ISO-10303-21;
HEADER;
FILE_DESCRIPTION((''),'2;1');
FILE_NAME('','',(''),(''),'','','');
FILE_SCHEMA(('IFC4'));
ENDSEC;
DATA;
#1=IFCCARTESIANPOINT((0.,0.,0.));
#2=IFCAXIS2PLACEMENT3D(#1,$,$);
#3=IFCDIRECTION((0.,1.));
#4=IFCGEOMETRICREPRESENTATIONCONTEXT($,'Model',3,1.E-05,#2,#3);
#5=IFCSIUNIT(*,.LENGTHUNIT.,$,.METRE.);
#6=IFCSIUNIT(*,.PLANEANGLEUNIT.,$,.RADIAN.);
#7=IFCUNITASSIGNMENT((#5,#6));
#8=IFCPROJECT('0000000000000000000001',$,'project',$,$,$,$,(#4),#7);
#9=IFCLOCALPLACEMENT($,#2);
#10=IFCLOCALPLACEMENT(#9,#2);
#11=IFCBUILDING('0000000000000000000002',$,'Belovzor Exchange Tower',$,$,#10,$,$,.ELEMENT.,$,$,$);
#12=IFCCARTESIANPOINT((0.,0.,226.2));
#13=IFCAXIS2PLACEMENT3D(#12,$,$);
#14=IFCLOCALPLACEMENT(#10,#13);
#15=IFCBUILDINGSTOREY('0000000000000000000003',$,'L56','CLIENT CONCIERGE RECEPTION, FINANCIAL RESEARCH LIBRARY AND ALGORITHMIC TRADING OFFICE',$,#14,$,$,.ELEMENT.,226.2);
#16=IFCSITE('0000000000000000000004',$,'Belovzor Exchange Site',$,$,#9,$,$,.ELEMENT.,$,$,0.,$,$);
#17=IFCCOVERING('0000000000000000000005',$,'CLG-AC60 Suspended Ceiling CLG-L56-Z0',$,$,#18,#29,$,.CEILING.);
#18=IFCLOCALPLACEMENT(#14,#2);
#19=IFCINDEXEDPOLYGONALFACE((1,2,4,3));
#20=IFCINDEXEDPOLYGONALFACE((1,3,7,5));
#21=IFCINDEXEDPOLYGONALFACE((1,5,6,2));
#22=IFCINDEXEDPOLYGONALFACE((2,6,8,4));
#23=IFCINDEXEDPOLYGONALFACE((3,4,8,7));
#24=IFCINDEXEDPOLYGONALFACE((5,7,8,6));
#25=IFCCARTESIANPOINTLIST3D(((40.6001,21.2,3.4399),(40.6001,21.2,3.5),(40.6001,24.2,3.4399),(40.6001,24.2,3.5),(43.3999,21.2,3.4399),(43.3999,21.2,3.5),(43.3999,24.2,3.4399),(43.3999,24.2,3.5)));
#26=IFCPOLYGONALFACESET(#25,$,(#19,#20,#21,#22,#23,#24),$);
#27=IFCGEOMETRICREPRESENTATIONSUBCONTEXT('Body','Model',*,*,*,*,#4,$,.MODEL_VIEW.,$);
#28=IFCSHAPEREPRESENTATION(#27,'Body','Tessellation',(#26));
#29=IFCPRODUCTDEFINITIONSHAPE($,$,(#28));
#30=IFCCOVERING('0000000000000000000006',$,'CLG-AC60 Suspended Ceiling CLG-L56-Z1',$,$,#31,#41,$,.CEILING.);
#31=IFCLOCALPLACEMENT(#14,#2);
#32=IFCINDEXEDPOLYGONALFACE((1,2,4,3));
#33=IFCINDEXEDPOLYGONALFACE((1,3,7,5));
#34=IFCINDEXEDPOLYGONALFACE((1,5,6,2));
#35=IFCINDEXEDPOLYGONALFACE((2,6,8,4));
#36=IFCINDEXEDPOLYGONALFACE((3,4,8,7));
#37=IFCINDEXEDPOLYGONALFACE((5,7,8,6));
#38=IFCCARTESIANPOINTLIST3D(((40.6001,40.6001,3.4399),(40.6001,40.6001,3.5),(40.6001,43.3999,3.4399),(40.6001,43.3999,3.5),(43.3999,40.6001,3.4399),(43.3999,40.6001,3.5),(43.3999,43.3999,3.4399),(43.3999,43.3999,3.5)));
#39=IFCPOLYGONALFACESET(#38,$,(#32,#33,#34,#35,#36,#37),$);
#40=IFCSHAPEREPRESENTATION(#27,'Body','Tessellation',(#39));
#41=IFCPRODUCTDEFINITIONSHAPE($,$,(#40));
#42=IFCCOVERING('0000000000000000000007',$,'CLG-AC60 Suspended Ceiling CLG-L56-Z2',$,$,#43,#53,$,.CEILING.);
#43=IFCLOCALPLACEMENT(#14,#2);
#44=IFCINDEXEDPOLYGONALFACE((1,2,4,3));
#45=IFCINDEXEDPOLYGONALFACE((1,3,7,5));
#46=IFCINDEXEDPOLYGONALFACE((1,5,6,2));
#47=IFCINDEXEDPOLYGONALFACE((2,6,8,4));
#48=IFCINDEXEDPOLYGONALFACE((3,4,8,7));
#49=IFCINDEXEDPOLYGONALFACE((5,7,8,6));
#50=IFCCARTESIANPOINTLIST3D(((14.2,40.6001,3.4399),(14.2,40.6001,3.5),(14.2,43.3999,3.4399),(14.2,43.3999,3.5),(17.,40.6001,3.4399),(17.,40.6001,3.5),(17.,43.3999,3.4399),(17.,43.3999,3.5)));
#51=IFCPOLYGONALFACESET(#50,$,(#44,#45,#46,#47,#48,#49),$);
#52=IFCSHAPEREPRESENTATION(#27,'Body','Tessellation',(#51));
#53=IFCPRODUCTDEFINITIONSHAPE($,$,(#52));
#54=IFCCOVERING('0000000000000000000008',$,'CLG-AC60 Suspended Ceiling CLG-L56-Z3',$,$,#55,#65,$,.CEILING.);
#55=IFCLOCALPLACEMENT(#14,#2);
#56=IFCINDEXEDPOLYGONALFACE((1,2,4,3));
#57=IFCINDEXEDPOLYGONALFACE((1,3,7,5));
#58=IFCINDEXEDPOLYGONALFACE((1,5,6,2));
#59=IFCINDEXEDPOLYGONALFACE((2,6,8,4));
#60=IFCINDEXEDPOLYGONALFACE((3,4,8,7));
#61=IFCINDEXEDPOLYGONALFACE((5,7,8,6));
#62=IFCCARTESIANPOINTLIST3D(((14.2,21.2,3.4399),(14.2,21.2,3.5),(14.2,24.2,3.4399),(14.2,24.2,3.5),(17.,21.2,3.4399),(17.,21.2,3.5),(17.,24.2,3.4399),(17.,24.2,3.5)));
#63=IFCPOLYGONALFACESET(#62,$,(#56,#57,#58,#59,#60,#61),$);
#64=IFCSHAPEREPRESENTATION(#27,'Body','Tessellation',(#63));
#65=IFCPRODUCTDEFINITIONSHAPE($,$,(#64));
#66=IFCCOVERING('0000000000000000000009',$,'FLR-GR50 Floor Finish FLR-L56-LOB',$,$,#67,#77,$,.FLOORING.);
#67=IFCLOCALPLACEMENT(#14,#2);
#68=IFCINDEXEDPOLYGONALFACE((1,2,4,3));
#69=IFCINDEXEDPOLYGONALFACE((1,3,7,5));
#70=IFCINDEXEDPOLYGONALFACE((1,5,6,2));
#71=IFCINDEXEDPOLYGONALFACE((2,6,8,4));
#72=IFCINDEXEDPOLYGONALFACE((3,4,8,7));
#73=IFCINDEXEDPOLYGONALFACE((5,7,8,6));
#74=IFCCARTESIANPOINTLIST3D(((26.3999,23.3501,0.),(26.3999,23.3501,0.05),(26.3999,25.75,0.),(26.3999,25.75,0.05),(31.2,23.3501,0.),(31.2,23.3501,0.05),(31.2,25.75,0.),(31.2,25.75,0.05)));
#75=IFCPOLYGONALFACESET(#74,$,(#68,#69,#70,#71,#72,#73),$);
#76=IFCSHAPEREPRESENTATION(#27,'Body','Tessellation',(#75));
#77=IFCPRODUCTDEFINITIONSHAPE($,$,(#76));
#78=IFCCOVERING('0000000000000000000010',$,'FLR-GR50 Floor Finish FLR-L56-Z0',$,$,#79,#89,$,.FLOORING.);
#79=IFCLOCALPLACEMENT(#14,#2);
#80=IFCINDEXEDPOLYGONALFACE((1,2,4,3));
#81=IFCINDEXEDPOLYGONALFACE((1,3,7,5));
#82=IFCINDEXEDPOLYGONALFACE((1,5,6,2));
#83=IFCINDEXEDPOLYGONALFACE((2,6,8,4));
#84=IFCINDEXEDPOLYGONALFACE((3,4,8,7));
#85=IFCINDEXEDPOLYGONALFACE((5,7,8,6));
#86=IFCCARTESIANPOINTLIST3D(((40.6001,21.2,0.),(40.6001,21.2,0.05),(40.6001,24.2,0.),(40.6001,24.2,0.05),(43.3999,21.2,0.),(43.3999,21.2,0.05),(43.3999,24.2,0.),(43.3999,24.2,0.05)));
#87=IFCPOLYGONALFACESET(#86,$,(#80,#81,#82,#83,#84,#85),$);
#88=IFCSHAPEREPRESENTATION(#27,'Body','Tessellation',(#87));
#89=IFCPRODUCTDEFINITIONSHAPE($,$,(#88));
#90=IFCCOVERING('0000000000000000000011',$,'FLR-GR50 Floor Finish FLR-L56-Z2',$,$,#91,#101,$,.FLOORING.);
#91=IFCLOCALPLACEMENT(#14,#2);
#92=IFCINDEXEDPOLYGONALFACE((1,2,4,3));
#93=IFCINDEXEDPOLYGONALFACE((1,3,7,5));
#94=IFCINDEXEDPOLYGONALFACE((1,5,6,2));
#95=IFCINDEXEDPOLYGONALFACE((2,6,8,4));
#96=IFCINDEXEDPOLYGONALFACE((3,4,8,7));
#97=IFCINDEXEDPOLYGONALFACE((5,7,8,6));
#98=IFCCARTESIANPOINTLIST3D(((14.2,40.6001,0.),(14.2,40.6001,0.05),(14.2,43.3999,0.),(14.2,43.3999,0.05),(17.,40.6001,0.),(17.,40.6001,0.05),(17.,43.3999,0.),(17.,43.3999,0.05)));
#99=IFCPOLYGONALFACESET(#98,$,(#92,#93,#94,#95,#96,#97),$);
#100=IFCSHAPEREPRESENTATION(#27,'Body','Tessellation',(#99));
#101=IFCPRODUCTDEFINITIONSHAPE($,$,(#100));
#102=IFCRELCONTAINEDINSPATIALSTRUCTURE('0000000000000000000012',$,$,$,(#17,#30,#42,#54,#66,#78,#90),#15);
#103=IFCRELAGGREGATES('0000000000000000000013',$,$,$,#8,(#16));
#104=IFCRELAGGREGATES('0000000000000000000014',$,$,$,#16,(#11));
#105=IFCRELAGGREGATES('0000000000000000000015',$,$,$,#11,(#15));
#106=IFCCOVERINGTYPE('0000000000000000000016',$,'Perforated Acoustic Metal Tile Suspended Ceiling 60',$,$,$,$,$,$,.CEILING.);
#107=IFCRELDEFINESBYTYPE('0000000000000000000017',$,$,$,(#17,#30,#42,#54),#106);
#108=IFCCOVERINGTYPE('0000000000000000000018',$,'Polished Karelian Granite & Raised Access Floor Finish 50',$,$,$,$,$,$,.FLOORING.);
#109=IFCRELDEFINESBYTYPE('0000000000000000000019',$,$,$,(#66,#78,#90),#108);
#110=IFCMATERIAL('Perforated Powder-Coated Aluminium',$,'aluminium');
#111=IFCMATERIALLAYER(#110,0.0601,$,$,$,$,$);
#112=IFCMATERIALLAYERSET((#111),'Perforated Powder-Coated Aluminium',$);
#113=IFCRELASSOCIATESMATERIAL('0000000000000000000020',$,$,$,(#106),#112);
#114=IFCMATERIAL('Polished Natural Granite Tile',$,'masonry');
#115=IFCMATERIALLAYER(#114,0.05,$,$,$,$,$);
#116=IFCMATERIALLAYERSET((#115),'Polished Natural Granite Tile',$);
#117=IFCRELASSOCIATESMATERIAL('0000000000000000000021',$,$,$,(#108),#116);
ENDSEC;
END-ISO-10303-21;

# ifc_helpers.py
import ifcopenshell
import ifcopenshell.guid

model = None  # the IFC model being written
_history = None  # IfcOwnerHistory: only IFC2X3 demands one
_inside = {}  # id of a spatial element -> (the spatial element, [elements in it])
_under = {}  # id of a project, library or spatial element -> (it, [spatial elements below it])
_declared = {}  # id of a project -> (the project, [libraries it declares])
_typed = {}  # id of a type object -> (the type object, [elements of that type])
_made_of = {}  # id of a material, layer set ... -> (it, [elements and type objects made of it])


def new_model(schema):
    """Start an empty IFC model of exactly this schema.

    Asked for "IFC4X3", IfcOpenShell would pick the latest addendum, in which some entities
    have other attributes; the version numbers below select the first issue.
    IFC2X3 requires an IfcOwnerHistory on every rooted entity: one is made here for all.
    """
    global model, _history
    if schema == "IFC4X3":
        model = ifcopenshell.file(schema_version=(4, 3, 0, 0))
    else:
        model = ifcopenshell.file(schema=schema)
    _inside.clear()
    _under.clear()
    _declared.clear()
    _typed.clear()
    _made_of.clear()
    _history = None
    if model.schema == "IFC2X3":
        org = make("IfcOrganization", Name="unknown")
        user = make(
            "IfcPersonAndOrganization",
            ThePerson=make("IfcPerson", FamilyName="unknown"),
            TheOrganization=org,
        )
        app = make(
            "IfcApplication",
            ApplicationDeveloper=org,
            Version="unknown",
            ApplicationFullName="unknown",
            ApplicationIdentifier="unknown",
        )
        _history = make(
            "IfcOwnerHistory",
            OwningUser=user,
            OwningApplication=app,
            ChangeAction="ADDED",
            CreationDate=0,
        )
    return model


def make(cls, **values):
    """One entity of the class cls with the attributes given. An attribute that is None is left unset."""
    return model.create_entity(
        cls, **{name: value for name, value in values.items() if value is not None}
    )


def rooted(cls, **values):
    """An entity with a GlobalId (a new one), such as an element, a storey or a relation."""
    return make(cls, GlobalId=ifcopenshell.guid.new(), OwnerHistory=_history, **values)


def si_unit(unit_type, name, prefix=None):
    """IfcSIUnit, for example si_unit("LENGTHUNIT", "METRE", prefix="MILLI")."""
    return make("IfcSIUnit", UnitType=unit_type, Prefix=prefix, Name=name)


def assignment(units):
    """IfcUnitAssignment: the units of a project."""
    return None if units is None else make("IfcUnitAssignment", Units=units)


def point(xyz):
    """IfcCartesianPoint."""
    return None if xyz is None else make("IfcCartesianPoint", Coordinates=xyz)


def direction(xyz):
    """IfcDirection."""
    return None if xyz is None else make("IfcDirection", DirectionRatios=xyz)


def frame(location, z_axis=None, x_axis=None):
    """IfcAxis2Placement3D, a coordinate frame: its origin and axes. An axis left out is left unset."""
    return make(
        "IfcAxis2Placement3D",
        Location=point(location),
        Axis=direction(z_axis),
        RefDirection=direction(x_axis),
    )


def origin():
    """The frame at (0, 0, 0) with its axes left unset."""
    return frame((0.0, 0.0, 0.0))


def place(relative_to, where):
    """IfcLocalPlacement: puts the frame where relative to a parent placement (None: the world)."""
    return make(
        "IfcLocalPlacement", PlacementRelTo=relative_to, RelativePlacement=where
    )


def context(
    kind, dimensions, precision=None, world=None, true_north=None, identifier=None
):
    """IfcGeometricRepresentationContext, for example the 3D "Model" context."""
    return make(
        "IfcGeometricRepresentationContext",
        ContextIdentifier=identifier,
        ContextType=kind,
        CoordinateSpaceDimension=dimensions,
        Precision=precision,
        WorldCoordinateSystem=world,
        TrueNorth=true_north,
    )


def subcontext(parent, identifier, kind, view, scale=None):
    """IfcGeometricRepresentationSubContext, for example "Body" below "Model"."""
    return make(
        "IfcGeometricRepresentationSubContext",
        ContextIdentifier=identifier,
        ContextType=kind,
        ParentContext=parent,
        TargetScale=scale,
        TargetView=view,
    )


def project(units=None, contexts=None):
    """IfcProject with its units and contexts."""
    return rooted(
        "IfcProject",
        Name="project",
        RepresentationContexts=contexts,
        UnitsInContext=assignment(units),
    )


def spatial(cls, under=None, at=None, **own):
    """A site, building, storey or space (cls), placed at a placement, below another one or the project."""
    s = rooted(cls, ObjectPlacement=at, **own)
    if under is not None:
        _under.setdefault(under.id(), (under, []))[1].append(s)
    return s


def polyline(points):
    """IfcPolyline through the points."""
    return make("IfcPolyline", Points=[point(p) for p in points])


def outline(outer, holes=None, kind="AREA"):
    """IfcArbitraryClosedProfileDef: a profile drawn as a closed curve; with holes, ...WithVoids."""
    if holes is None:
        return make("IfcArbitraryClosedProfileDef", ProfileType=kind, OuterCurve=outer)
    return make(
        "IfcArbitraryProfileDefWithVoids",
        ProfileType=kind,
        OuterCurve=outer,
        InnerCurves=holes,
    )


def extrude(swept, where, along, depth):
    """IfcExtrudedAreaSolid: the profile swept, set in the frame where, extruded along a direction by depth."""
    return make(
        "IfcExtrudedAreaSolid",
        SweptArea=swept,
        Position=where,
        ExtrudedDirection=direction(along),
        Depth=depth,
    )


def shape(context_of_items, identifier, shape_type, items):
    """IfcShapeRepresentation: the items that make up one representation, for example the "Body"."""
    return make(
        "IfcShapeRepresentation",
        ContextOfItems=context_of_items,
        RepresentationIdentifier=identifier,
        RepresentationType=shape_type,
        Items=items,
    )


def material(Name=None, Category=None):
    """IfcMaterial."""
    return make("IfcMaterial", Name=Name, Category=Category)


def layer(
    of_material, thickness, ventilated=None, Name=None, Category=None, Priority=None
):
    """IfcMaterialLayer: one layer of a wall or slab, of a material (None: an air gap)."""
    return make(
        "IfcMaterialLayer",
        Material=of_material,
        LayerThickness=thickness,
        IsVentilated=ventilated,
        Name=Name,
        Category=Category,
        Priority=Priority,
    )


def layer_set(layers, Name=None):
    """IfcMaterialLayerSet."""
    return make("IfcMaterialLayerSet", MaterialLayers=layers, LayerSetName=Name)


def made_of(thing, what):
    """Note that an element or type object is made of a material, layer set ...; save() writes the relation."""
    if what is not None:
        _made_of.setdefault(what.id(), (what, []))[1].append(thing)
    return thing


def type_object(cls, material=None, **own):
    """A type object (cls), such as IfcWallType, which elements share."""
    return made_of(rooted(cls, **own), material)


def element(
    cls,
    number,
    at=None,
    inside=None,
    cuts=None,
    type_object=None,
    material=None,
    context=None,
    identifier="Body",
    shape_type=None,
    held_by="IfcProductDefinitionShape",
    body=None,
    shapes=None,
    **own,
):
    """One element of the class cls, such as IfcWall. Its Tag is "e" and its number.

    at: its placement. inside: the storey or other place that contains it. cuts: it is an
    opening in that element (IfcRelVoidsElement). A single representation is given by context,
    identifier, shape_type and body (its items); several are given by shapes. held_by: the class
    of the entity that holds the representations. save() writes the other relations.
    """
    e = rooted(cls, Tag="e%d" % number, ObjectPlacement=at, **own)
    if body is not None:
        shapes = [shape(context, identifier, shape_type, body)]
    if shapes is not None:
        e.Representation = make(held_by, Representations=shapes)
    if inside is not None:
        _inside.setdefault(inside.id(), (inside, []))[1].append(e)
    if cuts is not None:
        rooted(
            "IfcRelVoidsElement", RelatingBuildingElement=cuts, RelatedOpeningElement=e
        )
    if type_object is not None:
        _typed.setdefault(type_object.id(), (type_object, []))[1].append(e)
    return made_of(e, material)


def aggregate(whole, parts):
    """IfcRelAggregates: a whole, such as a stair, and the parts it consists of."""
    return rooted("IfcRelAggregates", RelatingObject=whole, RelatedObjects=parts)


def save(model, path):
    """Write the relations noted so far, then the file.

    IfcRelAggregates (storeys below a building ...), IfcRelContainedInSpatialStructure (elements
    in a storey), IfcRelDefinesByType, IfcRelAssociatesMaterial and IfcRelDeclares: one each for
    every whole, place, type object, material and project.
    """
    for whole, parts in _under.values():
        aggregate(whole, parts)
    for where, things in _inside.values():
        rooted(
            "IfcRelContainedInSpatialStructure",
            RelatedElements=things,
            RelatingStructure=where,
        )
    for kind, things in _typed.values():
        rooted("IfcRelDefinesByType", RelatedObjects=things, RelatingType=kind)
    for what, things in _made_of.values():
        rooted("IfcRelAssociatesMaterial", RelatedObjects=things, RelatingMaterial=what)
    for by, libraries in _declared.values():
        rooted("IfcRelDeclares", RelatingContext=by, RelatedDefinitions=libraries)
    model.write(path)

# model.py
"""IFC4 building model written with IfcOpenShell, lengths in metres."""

from ifc_helpers import new_model, si_unit, direction, frame, origin, place, context, subcontext, project, spatial, polyline, outline, extrude, material, layer, layer_set, type_object, element, save


model = new_model("IFC4")

# Units and contexts
model_context = context("Model", 3, precision=1e-05, world=origin(), true_north=direction((0.0, 1.0)))
body_context = subcontext(model_context, "Body", "Model", "MODEL_VIEW")
ifc_project = project(units=[si_unit("LENGTHUNIT", "METRE"), si_unit("PLANEANGLEUNIT", "RADIAN")], contexts=[model_context])

# Site, building, storey
site_placement = place(None, origin())
site = spatial("IfcSite", under=ifc_project, at=site_placement, Name="Belovzor Exchange Site", CompositionType="ELEMENT", RefElevation=0.0)
building_placement = place(site_placement, origin())
building = spatial("IfcBuilding", under=site, at=building_placement, Name="Belovzor Exchange Tower", CompositionType="ELEMENT")
storey_placement = place(building_placement, frame((0.0, 0.0, 226.2)))
storey = spatial("IfcBuildingStorey", under=building, at=storey_placement, Name="L56", Description="CLIENT CONCIERGE RECEPTION, FINANCIAL RESEARCH LIBRARY AND ALGORITHMIC TRADING OFFICE", CompositionType="ELEMENT", Elevation=226.2)

# Coverings
ifc_material_1 = material(Name="Perforated Powder-Coated Aluminium", Category="aluminium")
ifc_layer_1 = layer(ifc_material_1, 0.0601)
ifc_layer_set_1 = layer_set([ifc_layer_1], Name="Perforated Powder-Coated Aluminium")
covering_type_1 = type_object("IfcCoveringType", Name="Perforated Acoustic Metal Tile Suspended Ceiling 60", PredefinedType="CEILING", material=ifc_layer_set_1)
covering_1_placement = place(storey_placement, frame((0.0, 0.0, 3.4399)))
element("IfcCovering", 1, at=covering_1_placement, inside=storey, type_object=covering_type_1, Name="CLG-AC60 Suspended Ceiling CLG-L56-Z0", PredefinedType="CEILING", context=body_context, shape_type="SweptSolid", body=[
    extrude(outline(polyline([(40.6001, 21.2), (43.3999, 21.2), (43.3999, 24.2), (40.6001, 24.2), (40.6001, 21.2)])), origin(), (0.0, 0.0, 1.0), 0.0601),
])
covering_2_placement = place(storey_placement, frame((0.0, 0.0, 3.4399)))
element("IfcCovering", 2, at=covering_2_placement, inside=storey, type_object=covering_type_1, Name="CLG-AC60 Suspended Ceiling CLG-L56-Z1", PredefinedType="CEILING", context=body_context, shape_type="SweptSolid", body=[
    extrude(outline(polyline([(40.6001, 40.6001), (43.3999, 40.6001), (43.3999, 43.3999), (40.6001, 43.3999), (40.6001, 40.6001)])), origin(), (0.0, 0.0, 1.0), 0.0601),
])
covering_3_placement = place(storey_placement, frame((0.0, 0.0, 3.4399)))
element("IfcCovering", 3, at=covering_3_placement, inside=storey, type_object=covering_type_1, Name="CLG-AC60 Suspended Ceiling CLG-L56-Z2", PredefinedType="CEILING", context=body_context, shape_type="SweptSolid", body=[
    extrude(outline(polyline([(14.2, 40.6001), (17.0, 40.6001), (17.0, 43.3999), (14.2, 43.3999), (14.2, 40.6001)])), origin(), (0.0, 0.0, 1.0), 0.0601),
])
covering_4_placement = place(storey_placement, frame((0.0, 0.0, 3.4399)))
element("IfcCovering", 4, at=covering_4_placement, inside=storey, type_object=covering_type_1, Name="CLG-AC60 Suspended Ceiling CLG-L56-Z3", PredefinedType="CEILING", context=body_context, shape_type="SweptSolid", body=[
    extrude(outline(polyline([(14.2, 21.2), (17.0, 21.2), (17.0, 24.2), (14.2, 24.2), (14.2, 21.2)])), origin(), (0.0, 0.0, 1.0), 0.0601),
])
ifc_material_2 = material(Name="Polished Natural Granite Tile", Category="masonry")
ifc_layer_2 = layer(ifc_material_2, 0.05)
ifc_layer_set_2 = layer_set([ifc_layer_2], Name="Polished Natural Granite Tile")
covering_type_2 = type_object("IfcCoveringType", Name="Polished Karelian Granite & Raised Access Floor Finish 50", PredefinedType="FLOORING", material=ifc_layer_set_2)
covering_5_placement = place(storey_placement, origin())
element("IfcCovering", 5, at=covering_5_placement, inside=storey, type_object=covering_type_2, Name="FLR-GR50 Floor Finish FLR-L56-LOB", PredefinedType="FLOORING", context=body_context, shape_type="SweptSolid", body=[
    extrude(outline(polyline([(26.3999, 23.3501), (31.2, 23.3501), (31.2, 25.75), (26.3999, 25.75), (26.3999, 23.3501)])), origin(), (0.0, 0.0, 1.0), 0.05),
])
covering_6_placement = place(storey_placement, origin())
element("IfcCovering", 6, at=covering_6_placement, inside=storey, type_object=covering_type_2, Name="FLR-GR50 Floor Finish FLR-L56-Z0", PredefinedType="FLOORING", context=body_context, shape_type="SweptSolid", body=[
    extrude(outline(polyline([(40.6001, 21.2), (43.3999, 21.2), (43.3999, 24.2), (40.6001, 24.2), (40.6001, 21.2)])), origin(), (0.0, 0.0, 1.0), 0.05),
])
covering_7_placement = place(storey_placement, origin())
element("IfcCovering", 7, at=covering_7_placement, inside=storey, type_object=covering_type_2, Name="FLR-GR50 Floor Finish FLR-L56-Z2", PredefinedType="FLOORING", context=body_context, shape_type="SweptSolid", body=[
    extrude(outline(polyline([(14.2, 40.6001), (17.0, 40.6001), (17.0, 43.3999), (14.2, 43.3999), (14.2, 40.6001)])), origin(), (0.0, 0.0, 1.0), 0.05),
])

save(model, "model.ifc")
